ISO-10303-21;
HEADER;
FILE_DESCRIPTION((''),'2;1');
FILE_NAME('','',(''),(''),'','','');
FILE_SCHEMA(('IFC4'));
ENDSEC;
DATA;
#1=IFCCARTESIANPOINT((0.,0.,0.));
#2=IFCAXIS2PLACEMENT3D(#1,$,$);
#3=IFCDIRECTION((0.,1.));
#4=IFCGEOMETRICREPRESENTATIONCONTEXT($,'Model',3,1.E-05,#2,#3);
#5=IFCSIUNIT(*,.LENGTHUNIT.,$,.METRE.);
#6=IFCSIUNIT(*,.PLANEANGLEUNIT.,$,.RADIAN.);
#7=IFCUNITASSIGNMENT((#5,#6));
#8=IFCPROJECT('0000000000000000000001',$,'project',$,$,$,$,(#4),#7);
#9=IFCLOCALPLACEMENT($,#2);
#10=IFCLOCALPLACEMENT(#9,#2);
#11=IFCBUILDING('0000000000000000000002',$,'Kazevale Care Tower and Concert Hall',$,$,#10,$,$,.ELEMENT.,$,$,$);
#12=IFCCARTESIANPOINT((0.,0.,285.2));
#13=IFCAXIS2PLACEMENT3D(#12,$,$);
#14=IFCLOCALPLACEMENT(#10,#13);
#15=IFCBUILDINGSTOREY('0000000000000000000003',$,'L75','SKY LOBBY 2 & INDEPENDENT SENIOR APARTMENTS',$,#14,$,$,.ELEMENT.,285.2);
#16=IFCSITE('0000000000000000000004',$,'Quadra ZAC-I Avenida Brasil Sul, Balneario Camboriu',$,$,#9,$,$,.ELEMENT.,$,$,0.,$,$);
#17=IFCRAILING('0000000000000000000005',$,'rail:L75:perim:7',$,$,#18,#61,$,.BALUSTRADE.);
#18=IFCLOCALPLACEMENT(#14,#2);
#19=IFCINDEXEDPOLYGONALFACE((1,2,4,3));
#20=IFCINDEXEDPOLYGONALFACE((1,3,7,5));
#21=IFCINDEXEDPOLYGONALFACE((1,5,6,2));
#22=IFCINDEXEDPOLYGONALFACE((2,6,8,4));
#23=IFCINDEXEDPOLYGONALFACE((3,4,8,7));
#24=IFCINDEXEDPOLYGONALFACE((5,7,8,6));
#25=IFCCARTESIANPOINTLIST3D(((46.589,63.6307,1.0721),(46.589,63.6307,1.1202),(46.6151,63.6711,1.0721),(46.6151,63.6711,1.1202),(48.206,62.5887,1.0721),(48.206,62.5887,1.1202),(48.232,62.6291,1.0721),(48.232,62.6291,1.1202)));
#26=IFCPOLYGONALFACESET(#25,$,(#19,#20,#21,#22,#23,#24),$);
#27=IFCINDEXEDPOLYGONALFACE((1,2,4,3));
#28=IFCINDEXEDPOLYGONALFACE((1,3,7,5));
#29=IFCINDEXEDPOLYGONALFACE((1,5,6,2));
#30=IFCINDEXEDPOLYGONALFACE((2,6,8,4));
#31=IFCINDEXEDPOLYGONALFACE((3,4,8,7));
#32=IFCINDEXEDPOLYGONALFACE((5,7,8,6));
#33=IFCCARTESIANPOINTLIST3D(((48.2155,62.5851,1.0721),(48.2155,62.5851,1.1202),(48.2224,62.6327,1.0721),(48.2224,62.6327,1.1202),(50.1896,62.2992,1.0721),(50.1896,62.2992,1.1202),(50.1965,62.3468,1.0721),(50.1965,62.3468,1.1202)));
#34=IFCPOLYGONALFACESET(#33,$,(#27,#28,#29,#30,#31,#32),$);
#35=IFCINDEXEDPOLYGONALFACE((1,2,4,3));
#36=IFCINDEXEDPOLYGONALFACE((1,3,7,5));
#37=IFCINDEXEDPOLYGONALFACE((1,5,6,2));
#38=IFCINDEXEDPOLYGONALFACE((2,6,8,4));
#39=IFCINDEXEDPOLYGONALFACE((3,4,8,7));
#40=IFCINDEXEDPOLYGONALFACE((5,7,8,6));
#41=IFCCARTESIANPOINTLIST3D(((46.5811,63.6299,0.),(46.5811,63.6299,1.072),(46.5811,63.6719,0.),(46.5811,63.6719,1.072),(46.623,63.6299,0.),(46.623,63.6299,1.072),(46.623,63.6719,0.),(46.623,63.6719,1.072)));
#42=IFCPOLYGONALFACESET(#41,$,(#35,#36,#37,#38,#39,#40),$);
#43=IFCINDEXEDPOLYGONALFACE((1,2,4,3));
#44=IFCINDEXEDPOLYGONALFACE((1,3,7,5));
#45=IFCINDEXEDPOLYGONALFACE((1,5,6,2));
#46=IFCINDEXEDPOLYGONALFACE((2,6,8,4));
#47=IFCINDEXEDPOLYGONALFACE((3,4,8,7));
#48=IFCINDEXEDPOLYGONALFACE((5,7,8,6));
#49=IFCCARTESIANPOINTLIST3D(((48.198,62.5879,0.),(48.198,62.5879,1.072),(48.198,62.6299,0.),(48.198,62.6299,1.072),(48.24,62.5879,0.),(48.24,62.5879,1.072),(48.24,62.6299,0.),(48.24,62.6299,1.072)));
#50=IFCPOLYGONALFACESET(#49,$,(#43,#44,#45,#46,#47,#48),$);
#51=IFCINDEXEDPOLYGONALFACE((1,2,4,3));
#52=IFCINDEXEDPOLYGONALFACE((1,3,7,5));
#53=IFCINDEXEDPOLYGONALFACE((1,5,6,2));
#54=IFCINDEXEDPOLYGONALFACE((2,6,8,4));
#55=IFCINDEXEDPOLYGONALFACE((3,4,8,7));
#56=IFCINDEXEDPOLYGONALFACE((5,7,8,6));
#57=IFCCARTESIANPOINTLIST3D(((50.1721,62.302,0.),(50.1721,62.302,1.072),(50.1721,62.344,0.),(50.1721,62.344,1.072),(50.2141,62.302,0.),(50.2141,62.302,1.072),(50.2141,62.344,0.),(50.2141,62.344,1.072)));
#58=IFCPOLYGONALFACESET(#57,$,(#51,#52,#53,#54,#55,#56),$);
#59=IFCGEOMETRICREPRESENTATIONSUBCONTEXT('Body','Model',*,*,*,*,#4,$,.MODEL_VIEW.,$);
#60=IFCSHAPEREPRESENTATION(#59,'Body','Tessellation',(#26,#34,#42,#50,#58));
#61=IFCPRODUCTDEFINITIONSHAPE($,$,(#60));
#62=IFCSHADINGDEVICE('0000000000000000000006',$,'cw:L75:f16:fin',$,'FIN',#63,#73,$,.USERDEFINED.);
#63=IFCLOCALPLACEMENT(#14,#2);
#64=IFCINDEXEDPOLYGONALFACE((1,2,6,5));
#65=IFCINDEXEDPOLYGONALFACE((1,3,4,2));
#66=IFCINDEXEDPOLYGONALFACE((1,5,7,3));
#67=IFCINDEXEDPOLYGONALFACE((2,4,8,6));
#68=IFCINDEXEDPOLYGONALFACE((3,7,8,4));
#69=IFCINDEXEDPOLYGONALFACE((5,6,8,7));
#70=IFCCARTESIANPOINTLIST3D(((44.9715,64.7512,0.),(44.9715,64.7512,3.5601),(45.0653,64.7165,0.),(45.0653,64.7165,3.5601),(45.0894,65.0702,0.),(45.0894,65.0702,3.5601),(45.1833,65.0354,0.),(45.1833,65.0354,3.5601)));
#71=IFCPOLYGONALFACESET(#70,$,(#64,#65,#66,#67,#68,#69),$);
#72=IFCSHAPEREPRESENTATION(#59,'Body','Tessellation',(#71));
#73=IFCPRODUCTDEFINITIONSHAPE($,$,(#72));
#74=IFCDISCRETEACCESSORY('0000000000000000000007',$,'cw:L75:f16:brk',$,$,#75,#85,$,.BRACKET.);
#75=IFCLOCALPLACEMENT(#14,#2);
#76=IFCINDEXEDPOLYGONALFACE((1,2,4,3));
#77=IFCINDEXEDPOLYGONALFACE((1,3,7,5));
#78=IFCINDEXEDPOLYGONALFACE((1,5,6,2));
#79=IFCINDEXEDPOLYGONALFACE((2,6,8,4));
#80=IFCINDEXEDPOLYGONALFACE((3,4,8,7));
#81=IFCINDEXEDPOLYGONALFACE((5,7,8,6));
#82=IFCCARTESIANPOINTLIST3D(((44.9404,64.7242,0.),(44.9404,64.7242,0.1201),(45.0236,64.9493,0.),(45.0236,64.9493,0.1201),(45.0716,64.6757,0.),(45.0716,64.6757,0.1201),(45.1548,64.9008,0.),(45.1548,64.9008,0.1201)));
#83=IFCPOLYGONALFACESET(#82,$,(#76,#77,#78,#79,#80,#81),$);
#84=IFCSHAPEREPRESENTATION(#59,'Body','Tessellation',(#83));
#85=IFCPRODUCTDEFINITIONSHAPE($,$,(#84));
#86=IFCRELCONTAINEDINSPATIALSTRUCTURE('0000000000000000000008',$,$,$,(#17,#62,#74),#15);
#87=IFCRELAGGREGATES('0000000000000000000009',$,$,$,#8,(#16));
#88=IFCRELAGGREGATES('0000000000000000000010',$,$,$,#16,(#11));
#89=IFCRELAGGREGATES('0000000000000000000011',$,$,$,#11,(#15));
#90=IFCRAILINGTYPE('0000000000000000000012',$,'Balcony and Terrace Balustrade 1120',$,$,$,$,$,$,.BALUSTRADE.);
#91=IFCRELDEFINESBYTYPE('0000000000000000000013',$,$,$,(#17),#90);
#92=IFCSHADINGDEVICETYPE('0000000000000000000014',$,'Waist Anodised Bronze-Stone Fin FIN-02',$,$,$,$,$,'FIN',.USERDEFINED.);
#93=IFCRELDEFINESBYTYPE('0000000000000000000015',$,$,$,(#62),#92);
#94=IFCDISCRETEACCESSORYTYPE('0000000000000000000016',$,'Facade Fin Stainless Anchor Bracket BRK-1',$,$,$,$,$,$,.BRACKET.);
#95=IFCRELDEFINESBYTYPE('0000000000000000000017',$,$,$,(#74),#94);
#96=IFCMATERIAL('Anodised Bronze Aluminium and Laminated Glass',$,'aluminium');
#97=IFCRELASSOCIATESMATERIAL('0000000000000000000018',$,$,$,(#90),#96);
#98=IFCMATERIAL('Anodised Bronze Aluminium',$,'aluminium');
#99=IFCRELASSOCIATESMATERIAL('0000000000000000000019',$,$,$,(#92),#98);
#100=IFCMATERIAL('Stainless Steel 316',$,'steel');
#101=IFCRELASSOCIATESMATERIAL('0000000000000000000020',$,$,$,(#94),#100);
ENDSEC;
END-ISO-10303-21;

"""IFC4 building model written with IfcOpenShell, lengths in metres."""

from ifc_helpers import new_model, si_unit, direction, frame, origin, origin_2d, place, context, subcontext, project, spatial, rectangle, extrude, material, type_object, element, save


model = new_model("IFC4")

# Units and contexts
model_context = context("Model", 3, precision=1e-05, world=origin(), true_north=direction((0.0, 1.0)))
body_context = subcontext(model_context, "Body", "Model", "MODEL_VIEW")
ifc_project = project(units=[si_unit("LENGTHUNIT", "METRE"), si_unit("PLANEANGLEUNIT", "RADIAN")], contexts=[model_context])

# Site, building, storey
site_placement = place(None, origin())
site = spatial("IfcSite", under=ifc_project, at=site_placement, Name="Quadra ZAC-I Avenida Brasil Sul, Balneario Camboriu", CompositionType="ELEMENT", RefElevation=0.0)
building_placement = place(site_placement, origin())
building = spatial("IfcBuilding", under=site, at=building_placement, Name="Kazevale Care Tower and Concert Hall", CompositionType="ELEMENT")
storey_placement = place(building_placement, frame((0.0, 0.0, 285.2)))
storey = spatial("IfcBuildingStorey", under=building, at=storey_placement, Name="L75", Description="SKY LOBBY 2 & INDEPENDENT SENIOR APARTMENTS", CompositionType="ELEMENT", Elevation=285.2)

# Railing
ifc_material_1 = material(Name="Anodised Bronze Aluminium and Laminated Glass", Category="aluminium")
railing_type = type_object("IfcRailingType", Name="Balcony and Terrace Balustrade 1120", PredefinedType="BALUSTRADE", material=ifc_material_1)
railing_1_placement = place(storey_placement, frame((46.6021, 63.6509, 0.0)))
element("IfcRailing", 1, at=railing_1_placement, inside=storey, type_object=railing_type, Name="rail:L75:perim:7", PredefinedType="BALUSTRADE", context=body_context, shape_type="SweptSolid", body=[
    extrude(rectangle(XDim=0.0481, YDim=0.0481, at=origin_2d()), frame((0.0, 0.0, 1.0962), z_axis=(0.84058, -0.541687, 0.0), x_axis=(0.541687, 0.84058, 0.0)), (0.0, 0.0, 1.0), 1.9236),
    extrude(rectangle(XDim=0.0481, YDim=0.0481, at=origin_2d()), frame((1.6169, -1.042, 1.0962), z_axis=(0.989676, -0.143323, 0.0), x_axis=(0.143323, 0.989676, 0.0)), (0.0, 0.0, 1.0), 1.9946),
    extrude(rectangle(XDim=0.042, YDim=0.042, at=origin_2d()), origin(), (0.0, 0.0, 1.0), 1.072),
    extrude(rectangle(XDim=0.042, YDim=0.042, at=origin_2d()), frame((1.6169, -1.042, 0.0)), (0.0, 0.0, 1.0), 1.072),
    extrude(rectangle(XDim=0.042, YDim=0.042, at=origin_2d()), frame((3.5911, -1.3279, 0.0)), (0.0, 0.0, 1.0), 1.072),
])

# Shading device
ifc_material_2 = material(Name="Anodised Bronze Aluminium", Category="aluminium")
shading_device_type = type_object("IfcShadingDeviceType", Name="Waist Anodised Bronze-Stone Fin FIN-02", ElementType="FIN", PredefinedType="USERDEFINED", material=ifc_material_2)
shading_device_placement = place(storey_placement, frame((45.0774, 64.8933, 0.0), z_axis=(0.0, 0.0, 1.0), x_axis=(0.346936, 0.937889, 0.0)))
element("IfcShadingDevice", 2, at=shading_device_placement, inside=storey, type_object=shading_device_type, Name="cw:L75:f16:fin", ObjectType="FIN", PredefinedType="USERDEFINED", context=body_context, shape_type="SweptSolid", body=[
    extrude(rectangle(XDim=0.3401, YDim=0.1001, at=origin_2d()), origin(), (0.0, 0.0, 1.0), 3.5601),
])

# Discrete accessory
ifc_material_3 = material(Name="Stainless Steel 316", Category="steel")
discrete_accessory_type = type_object("IfcDiscreteAccessoryType", Name="Facade Fin Stainless Anchor Bracket BRK-1", PredefinedType="BRACKET", material=ifc_material_3)
discrete_accessory_placement = place(storey_placement, frame((45.0476, 64.8125, 0.0), z_axis=(0.0, 0.0, 1.0), x_axis=(0.346936, 0.937889, 0.0)))
element("IfcDiscreteAccessory", 3, at=discrete_accessory_placement, inside=storey, type_object=discrete_accessory_type, Name="cw:L75:f16:brk", PredefinedType="BRACKET", context=body_context, shape_type="SweptSolid", body=[
    extrude(rectangle(XDim=0.24, YDim=0.1399, at=origin_2d()), origin(), (0.0, 0.0, 1.0), 0.1201),
])

save(model, "model.ifc")
